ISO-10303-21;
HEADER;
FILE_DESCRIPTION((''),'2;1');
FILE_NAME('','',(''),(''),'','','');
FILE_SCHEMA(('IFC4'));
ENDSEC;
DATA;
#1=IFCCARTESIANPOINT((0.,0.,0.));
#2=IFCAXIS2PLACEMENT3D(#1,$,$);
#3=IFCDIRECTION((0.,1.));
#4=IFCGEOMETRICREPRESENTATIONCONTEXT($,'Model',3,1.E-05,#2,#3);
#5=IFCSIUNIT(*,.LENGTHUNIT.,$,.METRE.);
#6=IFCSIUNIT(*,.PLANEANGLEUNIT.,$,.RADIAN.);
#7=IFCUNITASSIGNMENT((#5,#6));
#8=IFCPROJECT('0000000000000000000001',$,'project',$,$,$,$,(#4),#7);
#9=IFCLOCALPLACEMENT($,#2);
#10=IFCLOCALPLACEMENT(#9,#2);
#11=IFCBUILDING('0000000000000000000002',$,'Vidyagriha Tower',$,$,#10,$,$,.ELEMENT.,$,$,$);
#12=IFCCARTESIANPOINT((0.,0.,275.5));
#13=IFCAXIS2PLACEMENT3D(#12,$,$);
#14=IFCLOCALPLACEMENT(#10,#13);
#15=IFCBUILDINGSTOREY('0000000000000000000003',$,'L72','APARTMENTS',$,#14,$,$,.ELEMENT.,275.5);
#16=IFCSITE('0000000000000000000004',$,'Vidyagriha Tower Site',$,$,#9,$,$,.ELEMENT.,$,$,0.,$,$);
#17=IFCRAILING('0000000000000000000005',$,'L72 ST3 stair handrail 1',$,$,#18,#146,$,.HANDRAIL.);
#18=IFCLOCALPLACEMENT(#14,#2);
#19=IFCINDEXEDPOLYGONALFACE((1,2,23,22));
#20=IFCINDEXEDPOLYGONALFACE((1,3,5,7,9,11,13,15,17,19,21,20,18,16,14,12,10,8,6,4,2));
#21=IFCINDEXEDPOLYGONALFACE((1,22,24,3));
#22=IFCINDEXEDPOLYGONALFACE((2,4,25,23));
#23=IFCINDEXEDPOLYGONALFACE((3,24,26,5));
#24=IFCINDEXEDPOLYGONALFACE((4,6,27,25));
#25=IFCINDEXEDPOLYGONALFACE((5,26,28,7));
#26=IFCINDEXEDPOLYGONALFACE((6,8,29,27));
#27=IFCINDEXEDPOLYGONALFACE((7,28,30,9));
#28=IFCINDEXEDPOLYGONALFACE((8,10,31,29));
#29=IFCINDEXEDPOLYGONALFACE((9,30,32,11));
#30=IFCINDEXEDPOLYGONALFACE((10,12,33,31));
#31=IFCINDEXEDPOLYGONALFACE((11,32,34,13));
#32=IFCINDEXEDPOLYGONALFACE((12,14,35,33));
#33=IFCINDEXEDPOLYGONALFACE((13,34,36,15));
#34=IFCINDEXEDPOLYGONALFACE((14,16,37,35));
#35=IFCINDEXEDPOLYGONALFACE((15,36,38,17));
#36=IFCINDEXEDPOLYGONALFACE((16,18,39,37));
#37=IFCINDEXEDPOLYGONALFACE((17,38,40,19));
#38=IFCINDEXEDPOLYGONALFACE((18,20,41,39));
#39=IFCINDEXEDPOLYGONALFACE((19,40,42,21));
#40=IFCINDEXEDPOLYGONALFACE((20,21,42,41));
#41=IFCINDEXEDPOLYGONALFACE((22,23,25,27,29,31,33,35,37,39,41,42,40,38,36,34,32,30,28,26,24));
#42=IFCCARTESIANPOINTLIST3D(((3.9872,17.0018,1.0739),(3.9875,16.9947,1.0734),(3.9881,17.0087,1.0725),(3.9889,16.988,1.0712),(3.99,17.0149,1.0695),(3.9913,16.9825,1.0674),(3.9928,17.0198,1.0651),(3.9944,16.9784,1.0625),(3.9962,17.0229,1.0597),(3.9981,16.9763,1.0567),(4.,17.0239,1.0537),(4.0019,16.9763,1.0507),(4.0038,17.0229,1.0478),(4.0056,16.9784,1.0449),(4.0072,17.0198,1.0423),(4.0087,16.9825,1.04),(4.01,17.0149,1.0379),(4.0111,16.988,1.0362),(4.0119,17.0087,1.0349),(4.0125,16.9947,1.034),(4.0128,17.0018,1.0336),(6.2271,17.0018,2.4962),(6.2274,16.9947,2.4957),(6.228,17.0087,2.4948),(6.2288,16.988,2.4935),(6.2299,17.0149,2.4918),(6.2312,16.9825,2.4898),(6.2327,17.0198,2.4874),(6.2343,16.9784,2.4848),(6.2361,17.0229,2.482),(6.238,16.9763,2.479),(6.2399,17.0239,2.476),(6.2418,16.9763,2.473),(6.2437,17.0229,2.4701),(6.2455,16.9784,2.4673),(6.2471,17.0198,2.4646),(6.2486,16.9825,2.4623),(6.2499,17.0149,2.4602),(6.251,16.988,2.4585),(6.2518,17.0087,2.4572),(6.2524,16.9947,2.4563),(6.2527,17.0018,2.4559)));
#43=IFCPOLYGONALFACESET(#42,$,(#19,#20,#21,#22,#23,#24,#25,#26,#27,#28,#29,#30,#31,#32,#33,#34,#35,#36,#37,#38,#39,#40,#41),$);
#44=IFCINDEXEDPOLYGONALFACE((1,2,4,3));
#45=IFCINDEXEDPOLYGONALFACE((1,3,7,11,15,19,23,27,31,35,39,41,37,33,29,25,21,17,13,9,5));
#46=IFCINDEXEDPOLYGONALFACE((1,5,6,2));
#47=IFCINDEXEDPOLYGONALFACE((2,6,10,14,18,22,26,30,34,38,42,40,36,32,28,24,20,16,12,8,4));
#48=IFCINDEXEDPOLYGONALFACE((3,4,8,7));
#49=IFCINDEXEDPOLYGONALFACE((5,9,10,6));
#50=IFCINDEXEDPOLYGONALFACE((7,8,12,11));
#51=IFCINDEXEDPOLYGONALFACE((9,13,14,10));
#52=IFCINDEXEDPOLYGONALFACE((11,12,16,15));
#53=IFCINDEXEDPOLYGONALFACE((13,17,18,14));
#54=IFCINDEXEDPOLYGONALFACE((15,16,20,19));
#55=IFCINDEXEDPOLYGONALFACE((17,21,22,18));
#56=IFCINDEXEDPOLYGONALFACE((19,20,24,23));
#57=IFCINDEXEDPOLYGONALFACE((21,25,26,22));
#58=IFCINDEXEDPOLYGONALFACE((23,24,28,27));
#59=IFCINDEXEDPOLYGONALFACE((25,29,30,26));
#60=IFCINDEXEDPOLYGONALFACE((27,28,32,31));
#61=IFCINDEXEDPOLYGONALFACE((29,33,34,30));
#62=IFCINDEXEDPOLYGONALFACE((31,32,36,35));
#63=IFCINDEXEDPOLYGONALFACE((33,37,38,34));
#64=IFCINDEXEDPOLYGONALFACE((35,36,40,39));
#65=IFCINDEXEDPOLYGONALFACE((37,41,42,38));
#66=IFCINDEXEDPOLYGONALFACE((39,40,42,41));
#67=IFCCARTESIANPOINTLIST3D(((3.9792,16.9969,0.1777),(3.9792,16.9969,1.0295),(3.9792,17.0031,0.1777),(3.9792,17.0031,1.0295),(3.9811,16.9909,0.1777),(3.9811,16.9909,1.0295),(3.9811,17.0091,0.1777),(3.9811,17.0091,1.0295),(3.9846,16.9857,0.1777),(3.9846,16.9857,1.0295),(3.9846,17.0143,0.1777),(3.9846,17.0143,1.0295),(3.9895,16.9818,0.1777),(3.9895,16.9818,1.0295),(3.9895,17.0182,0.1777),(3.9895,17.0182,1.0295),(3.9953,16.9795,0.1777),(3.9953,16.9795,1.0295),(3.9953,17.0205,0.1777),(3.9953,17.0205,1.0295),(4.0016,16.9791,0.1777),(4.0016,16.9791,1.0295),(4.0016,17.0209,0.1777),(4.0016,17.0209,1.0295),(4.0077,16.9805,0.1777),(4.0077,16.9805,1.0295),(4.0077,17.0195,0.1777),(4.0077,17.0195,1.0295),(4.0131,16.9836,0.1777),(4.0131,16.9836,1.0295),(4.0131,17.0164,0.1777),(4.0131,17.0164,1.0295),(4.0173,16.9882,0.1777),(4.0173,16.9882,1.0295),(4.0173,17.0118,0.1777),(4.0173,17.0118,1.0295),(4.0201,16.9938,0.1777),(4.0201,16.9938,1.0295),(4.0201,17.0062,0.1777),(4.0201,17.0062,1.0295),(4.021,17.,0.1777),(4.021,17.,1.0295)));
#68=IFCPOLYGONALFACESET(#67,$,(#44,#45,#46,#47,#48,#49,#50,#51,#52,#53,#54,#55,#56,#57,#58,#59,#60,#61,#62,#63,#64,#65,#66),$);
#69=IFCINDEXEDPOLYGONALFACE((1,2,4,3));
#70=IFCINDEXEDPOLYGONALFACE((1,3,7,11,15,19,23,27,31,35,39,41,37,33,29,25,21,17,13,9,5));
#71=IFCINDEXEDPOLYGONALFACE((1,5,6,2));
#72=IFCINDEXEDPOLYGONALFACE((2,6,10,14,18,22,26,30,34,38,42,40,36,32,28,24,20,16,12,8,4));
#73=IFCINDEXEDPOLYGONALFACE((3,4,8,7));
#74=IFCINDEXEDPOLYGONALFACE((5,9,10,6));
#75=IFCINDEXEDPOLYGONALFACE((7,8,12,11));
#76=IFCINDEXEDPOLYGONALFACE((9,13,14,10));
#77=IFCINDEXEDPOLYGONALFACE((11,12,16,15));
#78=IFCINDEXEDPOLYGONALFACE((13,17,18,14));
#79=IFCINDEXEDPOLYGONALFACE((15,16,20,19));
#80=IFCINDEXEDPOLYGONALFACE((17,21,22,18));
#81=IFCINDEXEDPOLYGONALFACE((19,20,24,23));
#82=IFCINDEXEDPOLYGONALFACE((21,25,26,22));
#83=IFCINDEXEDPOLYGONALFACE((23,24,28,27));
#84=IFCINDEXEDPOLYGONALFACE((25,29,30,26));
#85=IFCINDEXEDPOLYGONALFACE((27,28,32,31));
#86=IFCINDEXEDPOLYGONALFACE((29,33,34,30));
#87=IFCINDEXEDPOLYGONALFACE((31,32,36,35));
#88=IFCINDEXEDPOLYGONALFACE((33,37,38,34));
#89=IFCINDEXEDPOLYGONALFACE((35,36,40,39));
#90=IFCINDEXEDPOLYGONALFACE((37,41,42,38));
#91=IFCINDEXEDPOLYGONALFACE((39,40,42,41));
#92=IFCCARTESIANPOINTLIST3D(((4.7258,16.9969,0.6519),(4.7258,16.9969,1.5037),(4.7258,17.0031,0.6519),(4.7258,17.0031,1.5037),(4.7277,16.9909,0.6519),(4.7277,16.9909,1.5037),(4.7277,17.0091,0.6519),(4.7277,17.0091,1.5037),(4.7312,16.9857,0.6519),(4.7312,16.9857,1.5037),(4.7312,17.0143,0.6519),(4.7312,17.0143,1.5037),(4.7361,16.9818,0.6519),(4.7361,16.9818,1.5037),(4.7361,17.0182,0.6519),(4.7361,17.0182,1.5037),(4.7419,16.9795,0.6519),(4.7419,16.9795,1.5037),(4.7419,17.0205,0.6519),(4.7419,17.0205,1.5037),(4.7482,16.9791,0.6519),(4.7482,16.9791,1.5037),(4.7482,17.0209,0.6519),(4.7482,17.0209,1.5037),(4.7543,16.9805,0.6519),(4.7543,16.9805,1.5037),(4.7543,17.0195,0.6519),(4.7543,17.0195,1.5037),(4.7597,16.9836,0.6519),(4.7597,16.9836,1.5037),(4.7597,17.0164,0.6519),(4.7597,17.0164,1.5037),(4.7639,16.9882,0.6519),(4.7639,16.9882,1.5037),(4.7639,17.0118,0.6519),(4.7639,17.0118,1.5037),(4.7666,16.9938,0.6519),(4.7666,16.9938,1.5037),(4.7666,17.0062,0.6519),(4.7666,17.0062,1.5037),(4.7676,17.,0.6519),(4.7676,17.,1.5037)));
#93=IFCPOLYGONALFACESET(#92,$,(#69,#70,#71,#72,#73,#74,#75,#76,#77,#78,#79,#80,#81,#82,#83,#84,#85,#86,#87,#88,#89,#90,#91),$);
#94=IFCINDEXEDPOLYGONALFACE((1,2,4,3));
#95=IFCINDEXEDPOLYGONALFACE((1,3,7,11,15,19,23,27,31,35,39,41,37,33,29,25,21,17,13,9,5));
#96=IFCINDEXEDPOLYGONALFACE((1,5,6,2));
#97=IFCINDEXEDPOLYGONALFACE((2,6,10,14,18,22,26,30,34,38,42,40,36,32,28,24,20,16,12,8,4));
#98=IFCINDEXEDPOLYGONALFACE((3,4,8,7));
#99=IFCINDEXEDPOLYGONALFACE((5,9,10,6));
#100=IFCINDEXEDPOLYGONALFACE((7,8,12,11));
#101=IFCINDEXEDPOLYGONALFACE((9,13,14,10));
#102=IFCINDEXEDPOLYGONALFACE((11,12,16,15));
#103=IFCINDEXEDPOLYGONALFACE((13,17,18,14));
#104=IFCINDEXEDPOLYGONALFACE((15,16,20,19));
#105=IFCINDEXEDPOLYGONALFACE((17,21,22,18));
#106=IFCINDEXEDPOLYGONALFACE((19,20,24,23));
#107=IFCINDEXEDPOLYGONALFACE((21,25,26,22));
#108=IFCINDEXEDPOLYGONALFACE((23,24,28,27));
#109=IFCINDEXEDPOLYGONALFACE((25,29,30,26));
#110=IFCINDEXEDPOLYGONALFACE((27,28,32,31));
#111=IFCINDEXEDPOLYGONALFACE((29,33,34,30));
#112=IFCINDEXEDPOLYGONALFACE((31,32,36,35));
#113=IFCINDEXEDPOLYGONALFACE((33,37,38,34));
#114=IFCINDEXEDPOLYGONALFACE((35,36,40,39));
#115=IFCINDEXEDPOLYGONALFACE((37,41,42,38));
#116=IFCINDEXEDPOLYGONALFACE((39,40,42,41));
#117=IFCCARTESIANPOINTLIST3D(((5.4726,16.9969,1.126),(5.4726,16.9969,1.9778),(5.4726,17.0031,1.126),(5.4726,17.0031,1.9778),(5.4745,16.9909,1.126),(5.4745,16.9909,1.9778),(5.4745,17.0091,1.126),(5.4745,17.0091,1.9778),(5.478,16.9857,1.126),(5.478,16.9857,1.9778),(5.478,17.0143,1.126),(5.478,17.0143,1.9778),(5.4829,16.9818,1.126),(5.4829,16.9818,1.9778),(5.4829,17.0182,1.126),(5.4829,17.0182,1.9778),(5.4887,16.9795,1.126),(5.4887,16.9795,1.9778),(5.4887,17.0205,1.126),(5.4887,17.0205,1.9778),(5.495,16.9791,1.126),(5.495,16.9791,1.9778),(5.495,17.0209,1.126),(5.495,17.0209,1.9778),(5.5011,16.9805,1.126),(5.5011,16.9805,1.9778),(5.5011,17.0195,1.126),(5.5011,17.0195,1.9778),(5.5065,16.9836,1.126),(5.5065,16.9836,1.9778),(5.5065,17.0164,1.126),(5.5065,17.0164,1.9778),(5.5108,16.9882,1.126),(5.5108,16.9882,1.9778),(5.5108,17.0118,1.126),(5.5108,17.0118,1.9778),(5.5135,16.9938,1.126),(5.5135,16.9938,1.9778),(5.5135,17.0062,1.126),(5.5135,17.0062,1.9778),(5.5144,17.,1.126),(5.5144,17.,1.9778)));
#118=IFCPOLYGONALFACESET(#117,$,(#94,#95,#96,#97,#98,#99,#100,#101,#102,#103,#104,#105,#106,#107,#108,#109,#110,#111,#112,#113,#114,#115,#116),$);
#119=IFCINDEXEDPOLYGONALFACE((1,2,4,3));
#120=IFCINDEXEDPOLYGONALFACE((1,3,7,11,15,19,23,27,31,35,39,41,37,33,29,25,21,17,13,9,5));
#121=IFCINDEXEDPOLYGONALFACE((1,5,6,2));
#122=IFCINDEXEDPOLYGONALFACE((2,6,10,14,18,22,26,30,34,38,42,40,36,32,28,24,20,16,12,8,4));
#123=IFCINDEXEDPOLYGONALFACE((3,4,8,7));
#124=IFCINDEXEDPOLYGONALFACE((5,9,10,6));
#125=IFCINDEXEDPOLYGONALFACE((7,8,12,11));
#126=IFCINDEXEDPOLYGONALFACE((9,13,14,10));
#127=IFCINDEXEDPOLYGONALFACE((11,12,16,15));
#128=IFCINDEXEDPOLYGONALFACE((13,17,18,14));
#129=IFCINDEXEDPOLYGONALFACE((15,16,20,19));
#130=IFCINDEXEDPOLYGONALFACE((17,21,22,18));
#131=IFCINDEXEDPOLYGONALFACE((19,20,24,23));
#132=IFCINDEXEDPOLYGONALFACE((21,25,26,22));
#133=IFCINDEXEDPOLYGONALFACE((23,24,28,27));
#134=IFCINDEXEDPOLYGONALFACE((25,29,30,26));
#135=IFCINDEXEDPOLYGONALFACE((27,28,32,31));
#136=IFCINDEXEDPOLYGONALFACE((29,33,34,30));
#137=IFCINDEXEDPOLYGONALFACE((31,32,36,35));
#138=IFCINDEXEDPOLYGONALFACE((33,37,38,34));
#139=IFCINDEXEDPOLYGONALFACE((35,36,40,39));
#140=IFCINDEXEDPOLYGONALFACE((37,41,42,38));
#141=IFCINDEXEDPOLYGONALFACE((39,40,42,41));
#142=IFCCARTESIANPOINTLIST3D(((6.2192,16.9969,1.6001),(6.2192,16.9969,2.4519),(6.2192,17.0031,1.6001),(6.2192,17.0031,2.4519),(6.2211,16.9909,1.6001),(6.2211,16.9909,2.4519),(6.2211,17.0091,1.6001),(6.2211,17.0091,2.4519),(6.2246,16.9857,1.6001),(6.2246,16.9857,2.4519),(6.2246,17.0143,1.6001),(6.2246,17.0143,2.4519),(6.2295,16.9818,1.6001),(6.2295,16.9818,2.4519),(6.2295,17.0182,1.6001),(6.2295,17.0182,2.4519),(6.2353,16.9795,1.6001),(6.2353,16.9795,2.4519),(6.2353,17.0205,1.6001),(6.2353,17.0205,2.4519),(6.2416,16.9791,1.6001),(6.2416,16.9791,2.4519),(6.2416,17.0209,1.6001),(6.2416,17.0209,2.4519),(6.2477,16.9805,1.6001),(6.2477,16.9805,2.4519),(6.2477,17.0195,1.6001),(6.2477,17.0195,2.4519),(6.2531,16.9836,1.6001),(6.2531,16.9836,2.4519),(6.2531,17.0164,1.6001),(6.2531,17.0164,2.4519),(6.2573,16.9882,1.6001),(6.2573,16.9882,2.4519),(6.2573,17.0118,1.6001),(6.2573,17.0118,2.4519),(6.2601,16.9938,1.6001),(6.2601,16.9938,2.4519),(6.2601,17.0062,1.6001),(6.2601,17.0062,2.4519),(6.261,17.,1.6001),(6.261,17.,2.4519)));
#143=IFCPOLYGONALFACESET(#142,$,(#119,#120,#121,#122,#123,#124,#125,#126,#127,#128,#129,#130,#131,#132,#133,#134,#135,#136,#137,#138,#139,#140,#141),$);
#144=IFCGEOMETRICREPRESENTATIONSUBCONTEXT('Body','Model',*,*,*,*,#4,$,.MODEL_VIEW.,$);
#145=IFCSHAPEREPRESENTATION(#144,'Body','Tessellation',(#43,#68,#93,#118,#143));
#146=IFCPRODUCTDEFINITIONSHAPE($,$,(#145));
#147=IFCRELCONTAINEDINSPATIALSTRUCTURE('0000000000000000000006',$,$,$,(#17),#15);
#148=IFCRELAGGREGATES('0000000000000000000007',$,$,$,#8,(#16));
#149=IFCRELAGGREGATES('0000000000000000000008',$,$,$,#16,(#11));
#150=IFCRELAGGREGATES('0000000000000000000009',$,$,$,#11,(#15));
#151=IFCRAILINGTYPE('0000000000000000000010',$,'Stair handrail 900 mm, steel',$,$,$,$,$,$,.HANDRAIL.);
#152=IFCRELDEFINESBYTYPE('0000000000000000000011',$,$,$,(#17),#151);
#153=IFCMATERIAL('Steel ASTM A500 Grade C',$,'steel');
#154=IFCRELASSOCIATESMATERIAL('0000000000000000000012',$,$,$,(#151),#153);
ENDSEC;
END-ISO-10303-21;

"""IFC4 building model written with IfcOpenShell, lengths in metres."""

from ifc_helpers import new_model, si_unit, direction, frame, origin, origin_2d, place, context, subcontext, project, spatial, circle, extrude, material, type_object, element, save


model = new_model("IFC4")

# Units and contexts
model_context = context("Model", 3, precision=1e-05, world=origin(), true_north=direction((0.0, 1.0)))
body_context = subcontext(model_context, "Body", "Model", "MODEL_VIEW")
ifc_project = project(units=[si_unit("LENGTHUNIT", "METRE"), si_unit("PLANEANGLEUNIT", "RADIAN")], contexts=[model_context])

# Site, building, storey
site_placement = place(None, origin())
site = spatial("IfcSite", under=ifc_project, at=site_placement, Name="Vidyagriha Tower Site", CompositionType="ELEMENT", RefElevation=0.0)
building_placement = place(site_placement, origin())
building = spatial("IfcBuilding", under=site, at=building_placement, Name="Vidyagriha Tower", CompositionType="ELEMENT")
storey_placement = place(building_placement, frame((0.0, 0.0, 275.5)))
storey = spatial("IfcBuildingStorey", under=building, at=storey_placement, Name="L72", Description="APARTMENTS", CompositionType="ELEMENT", Elevation=275.5)

# Railing
ifc_material_1 = material(Name="Steel ASTM A500 Grade C", Category="steel")
railing_type = type_object("IfcRailingType", Name="Stair handrail 900 mm, steel", PredefinedType="HANDRAIL", material=ifc_material_1)
railing_placement = place(storey_placement, frame((4.0, 17.0, 0.1777)))
element("IfcRailing", 1, at=railing_placement, inside=storey, type_object=railing_type, Name="L72 ST3 stair handrail 1", PredefinedType="HANDRAIL", context=body_context, shape_type="SweptSolid", body=[
    extrude(circle(Radius=0.0239, at=origin_2d()), frame((0.0, 0.0, 0.876), z_axis=(0.844188, 0.0, 0.536048), x_axis=(0.0, 1.0, 0.0)), (0.0, 0.0, 1.0), 2.6533),
    extrude(circle(Radius=0.021, at=origin_2d()), origin(), (0.0, 0.0, 1.0), 0.8518),
    extrude(circle(Radius=0.021, at=origin_2d()), frame((0.7466, 0.0, 0.4741)), (0.0, 0.0, 1.0), 0.8518),
    extrude(circle(Radius=0.021, at=origin_2d()), frame((1.4934, 0.0, 0.9482)), (0.0, 0.0, 1.0), 0.8518),
    extrude(circle(Radius=0.021, at=origin_2d()), frame((2.24, 0.0, 1.4224)), (0.0, 0.0, 1.0), 0.8518),
])

save(model, "model.ifc")
